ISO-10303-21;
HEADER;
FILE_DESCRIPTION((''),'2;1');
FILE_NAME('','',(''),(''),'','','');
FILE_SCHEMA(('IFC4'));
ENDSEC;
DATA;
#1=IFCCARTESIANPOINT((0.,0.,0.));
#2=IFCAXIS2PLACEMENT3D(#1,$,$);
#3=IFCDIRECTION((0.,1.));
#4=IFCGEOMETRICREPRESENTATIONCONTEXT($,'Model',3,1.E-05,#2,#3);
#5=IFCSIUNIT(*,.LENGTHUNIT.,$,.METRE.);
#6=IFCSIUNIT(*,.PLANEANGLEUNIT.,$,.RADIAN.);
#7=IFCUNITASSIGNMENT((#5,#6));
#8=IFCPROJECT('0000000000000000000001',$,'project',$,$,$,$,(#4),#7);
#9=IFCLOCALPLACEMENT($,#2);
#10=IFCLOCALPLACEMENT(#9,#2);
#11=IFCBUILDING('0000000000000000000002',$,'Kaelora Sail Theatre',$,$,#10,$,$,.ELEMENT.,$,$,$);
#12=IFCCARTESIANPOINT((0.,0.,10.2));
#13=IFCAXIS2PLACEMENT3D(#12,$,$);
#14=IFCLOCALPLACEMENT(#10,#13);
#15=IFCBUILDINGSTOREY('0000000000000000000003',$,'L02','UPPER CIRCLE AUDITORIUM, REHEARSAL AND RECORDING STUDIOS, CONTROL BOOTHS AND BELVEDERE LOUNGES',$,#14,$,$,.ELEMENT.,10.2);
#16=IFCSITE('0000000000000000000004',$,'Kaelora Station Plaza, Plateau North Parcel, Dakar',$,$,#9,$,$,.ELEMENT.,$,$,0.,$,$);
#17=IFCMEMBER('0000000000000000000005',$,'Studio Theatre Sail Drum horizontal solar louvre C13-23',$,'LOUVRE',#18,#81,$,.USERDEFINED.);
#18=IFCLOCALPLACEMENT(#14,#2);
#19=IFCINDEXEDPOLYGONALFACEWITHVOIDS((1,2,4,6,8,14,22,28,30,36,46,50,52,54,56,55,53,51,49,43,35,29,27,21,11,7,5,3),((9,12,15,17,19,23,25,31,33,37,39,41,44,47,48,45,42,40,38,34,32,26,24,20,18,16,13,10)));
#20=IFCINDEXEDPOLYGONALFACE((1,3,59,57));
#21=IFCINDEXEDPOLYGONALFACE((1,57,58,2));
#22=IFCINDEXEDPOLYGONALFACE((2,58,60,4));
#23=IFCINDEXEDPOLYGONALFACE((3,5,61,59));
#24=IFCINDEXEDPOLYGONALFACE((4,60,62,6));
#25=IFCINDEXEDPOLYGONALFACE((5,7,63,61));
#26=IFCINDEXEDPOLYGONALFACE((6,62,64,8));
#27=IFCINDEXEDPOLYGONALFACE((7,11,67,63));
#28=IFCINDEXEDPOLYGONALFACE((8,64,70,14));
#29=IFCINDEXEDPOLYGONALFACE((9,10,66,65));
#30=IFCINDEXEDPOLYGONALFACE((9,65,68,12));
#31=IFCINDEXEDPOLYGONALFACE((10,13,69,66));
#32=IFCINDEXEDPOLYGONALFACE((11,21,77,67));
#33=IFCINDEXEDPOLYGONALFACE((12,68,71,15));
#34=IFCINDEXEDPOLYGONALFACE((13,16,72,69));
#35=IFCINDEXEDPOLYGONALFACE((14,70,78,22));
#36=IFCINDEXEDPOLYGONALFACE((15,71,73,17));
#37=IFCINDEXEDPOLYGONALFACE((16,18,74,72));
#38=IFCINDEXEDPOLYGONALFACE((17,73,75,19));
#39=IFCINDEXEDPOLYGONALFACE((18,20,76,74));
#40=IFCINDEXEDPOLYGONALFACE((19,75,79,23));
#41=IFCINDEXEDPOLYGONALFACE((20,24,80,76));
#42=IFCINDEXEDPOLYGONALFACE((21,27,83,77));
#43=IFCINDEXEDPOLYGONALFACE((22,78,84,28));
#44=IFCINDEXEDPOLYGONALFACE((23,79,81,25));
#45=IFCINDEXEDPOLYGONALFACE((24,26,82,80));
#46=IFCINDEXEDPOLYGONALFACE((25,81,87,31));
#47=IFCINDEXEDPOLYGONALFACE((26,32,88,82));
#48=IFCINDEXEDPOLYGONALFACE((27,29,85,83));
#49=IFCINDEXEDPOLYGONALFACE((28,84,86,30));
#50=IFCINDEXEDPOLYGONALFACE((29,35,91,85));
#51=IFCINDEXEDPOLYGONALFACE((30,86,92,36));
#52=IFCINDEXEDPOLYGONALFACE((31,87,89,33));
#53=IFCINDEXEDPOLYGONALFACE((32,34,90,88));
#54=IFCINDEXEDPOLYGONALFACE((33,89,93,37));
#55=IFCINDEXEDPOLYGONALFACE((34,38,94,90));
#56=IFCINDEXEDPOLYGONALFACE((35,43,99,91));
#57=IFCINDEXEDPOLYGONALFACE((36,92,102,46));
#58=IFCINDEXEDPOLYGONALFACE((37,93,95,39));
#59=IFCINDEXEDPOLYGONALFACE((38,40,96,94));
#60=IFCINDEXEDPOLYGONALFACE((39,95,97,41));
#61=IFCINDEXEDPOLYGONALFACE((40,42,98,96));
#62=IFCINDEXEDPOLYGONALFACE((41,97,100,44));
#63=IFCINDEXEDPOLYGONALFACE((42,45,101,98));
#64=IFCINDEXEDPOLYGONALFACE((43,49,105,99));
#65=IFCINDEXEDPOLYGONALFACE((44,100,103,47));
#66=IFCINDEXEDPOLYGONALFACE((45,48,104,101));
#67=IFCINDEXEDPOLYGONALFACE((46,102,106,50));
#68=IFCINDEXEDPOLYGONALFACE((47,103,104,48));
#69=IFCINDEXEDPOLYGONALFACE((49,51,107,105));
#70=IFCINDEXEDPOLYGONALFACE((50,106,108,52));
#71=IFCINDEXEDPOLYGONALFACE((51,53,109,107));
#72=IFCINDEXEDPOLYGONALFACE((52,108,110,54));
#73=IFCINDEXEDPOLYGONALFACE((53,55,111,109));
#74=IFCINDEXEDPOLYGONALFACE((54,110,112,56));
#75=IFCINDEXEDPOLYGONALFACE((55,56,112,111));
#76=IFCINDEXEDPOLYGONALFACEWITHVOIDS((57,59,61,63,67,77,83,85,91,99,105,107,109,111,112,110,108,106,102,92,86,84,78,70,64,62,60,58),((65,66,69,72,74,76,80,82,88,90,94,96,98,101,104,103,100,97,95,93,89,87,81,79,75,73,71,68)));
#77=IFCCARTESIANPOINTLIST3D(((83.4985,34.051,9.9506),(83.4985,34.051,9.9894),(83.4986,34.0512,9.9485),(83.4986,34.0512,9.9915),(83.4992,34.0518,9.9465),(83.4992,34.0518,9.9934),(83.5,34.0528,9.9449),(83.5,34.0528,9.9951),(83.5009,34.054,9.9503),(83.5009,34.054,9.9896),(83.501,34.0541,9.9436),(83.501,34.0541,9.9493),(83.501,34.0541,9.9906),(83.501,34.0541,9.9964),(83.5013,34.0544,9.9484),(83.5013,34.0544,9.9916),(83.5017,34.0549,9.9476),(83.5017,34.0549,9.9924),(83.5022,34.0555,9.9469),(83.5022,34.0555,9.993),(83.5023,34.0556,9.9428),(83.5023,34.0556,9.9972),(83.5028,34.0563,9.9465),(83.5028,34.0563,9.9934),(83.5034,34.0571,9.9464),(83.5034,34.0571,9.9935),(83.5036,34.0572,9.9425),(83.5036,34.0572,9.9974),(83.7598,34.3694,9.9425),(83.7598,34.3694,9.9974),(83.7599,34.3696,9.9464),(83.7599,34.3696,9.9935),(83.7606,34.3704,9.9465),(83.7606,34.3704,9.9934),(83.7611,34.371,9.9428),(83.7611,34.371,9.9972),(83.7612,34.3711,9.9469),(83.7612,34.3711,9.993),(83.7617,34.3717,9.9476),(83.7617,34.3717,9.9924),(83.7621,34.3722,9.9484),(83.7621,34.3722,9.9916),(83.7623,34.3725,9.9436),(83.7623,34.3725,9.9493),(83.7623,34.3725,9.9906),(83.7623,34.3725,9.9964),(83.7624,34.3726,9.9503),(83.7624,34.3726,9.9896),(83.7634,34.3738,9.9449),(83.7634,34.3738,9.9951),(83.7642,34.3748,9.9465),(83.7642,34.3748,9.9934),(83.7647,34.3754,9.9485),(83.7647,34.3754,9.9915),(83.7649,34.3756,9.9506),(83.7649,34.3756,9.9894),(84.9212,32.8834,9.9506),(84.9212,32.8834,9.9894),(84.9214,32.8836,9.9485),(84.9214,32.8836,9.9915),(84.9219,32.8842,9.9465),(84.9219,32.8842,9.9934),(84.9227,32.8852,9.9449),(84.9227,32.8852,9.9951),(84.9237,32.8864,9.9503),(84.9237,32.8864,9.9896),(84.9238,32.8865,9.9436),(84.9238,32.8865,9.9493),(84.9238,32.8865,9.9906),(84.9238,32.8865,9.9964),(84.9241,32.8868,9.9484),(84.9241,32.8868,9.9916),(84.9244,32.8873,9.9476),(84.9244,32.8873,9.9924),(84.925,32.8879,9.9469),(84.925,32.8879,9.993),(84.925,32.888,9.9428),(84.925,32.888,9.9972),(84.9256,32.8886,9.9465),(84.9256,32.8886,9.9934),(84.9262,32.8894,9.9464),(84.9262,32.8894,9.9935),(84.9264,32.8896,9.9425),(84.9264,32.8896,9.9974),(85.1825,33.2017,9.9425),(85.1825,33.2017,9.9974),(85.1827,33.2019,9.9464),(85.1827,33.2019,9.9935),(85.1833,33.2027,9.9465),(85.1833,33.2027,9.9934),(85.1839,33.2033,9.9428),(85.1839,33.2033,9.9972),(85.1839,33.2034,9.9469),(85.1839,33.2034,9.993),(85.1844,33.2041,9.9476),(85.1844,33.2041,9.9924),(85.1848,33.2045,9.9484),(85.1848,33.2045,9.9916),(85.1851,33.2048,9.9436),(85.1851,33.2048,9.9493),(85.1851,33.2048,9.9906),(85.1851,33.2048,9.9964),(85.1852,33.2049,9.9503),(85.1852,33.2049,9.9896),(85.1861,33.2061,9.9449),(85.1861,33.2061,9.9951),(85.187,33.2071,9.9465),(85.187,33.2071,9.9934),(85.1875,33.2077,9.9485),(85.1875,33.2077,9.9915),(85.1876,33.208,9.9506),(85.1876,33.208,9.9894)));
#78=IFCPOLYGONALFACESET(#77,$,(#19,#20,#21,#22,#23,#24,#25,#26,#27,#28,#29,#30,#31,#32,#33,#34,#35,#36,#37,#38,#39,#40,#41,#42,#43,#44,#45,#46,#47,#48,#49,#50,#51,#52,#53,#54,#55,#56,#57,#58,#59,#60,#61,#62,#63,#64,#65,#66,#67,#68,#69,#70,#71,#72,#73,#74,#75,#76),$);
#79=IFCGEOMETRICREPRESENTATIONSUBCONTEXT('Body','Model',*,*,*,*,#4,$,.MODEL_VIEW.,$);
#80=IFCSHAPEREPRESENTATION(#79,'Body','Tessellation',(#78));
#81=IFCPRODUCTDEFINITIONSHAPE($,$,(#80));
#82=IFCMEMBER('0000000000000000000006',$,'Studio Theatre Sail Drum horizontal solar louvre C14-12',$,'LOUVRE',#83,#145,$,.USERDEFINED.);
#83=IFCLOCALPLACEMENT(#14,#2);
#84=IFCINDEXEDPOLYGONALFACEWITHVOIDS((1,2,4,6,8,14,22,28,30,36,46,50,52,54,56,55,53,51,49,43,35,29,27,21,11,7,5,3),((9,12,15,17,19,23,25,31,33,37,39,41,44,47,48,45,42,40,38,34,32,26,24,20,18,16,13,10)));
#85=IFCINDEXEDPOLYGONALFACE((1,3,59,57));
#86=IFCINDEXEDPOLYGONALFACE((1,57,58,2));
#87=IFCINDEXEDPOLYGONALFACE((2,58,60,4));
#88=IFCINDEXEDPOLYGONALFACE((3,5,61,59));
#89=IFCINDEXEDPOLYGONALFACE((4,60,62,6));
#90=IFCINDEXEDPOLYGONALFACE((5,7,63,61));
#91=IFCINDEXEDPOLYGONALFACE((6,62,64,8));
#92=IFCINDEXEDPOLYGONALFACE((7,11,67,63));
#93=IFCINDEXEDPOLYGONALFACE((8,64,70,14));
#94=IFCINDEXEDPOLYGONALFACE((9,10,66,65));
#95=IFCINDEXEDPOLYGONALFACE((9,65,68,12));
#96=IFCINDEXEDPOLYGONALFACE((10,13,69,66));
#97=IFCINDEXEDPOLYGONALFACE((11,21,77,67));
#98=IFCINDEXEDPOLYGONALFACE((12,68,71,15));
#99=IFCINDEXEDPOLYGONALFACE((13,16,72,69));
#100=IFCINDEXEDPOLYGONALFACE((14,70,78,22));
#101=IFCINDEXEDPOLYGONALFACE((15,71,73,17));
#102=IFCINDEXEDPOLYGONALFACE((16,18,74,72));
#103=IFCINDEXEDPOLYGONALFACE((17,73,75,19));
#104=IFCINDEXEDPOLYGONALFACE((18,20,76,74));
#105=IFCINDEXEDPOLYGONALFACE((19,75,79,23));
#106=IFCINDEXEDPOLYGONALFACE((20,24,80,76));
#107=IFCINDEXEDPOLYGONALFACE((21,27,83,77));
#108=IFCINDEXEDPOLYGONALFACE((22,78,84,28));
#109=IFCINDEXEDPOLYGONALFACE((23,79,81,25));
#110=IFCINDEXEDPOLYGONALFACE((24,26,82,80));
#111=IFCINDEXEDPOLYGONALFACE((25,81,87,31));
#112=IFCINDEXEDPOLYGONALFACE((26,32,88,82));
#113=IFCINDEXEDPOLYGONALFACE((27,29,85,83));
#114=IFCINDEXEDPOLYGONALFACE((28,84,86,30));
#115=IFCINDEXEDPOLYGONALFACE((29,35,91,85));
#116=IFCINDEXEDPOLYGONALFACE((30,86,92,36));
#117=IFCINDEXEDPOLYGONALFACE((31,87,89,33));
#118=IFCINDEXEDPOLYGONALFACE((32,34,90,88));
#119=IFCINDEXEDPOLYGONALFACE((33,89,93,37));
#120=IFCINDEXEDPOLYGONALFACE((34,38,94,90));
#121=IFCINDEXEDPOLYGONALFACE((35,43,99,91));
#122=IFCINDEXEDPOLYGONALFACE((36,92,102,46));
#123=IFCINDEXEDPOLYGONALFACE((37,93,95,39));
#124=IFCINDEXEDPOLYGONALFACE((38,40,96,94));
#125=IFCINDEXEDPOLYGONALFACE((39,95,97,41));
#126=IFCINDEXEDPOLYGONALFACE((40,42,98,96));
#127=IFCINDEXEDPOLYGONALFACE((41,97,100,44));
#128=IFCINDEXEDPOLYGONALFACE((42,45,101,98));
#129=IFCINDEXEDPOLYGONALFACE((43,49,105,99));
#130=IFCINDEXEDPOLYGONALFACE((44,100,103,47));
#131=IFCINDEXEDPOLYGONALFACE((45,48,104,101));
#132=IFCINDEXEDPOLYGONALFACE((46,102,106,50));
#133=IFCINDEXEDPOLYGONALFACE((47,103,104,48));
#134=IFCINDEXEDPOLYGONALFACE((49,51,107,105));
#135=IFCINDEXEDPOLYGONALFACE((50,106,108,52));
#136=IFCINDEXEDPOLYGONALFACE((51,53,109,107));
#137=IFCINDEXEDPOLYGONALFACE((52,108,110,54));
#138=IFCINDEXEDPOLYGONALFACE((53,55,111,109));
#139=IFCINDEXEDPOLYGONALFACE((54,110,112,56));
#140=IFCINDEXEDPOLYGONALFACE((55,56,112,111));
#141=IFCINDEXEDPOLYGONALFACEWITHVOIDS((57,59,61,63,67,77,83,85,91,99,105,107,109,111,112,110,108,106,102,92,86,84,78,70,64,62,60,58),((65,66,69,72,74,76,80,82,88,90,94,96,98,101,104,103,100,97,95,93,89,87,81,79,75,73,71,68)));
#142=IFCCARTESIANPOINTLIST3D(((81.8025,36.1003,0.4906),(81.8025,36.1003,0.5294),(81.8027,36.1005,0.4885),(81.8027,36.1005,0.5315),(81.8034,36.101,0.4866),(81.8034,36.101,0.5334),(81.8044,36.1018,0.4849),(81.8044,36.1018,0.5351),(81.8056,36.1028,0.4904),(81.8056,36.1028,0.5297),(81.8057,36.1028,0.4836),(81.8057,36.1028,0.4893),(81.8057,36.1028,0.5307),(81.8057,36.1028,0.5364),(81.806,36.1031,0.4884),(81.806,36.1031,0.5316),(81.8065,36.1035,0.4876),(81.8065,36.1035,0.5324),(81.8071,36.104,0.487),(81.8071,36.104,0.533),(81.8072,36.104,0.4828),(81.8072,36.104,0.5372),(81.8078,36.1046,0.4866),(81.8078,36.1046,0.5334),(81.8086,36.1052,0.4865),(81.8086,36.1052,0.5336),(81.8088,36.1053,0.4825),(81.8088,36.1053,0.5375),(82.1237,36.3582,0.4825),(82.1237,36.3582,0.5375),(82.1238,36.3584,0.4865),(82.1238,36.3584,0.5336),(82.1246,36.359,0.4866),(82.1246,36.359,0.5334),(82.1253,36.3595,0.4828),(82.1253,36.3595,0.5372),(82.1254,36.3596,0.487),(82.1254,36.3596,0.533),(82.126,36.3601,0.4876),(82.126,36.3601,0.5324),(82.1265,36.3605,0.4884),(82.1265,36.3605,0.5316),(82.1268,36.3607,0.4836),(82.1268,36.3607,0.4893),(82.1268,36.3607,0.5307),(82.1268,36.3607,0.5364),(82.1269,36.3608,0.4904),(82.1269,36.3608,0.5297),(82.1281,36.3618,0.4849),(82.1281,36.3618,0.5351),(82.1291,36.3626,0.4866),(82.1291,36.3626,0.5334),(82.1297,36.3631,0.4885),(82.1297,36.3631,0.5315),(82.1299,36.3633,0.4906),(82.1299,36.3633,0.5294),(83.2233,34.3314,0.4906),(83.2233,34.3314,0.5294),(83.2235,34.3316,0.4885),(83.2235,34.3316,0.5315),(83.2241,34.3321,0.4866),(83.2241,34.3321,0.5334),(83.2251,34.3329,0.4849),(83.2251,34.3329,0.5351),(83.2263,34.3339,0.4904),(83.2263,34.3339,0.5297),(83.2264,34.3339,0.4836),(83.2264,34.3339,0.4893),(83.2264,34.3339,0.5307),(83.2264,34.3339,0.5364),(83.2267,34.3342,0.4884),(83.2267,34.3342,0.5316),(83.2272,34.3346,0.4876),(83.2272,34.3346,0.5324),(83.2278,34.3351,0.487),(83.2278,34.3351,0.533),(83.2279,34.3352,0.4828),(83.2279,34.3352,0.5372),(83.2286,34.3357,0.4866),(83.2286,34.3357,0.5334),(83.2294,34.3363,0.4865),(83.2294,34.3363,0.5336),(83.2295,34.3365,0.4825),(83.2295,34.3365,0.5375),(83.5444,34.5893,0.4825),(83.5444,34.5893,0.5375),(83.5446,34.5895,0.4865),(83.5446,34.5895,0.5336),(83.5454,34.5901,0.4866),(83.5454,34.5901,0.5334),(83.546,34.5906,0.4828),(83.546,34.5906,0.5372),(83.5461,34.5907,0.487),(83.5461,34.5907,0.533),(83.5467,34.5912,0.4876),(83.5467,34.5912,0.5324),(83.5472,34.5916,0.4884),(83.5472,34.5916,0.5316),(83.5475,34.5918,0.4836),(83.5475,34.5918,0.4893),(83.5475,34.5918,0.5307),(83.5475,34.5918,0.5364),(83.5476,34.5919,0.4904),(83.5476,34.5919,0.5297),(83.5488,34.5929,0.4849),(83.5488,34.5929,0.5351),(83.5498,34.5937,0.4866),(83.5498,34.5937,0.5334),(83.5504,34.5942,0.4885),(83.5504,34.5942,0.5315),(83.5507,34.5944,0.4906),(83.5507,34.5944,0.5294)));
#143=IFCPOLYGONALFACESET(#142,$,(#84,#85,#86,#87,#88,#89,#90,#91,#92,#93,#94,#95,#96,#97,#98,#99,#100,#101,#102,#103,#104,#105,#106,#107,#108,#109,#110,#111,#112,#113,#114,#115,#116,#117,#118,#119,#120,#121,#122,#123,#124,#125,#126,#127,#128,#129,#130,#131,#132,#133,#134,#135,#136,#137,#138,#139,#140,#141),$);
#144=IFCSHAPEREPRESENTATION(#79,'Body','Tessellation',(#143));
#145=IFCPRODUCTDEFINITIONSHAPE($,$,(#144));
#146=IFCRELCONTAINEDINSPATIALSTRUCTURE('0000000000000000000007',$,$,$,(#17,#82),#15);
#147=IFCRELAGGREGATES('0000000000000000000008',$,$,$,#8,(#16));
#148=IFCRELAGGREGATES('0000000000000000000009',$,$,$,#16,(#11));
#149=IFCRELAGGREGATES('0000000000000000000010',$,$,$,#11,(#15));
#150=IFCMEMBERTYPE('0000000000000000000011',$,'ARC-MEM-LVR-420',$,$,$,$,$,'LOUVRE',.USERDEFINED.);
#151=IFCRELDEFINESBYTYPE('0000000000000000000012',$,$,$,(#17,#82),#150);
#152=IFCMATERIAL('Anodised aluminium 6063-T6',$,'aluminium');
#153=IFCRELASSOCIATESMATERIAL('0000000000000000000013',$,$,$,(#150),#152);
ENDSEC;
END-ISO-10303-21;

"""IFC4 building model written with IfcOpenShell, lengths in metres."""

from ifc_helpers import new_model, si_unit, direction, frame, origin, origin_2d, place, context, subcontext, project, spatial, hollow_rectangle, extrude, material, material_profile, profile_set, type_object, element, save


model = new_model("IFC4")

# Units and contexts
model_context = context("Model", 3, precision=1e-05, world=origin(), true_north=direction((0.0, 1.0)))
body_context = subcontext(model_context, "Body", "Model", "MODEL_VIEW")
ifc_project = project(units=[si_unit("LENGTHUNIT", "METRE"), si_unit("PLANEANGLEUNIT", "RADIAN")], contexts=[model_context])

# Site, building, storey
site_placement = place(None, origin())
site = spatial("IfcSite", under=ifc_project, at=site_placement, Name="Kaelora Station Plaza, Plateau North Parcel, Dakar", CompositionType="ELEMENT", RefElevation=0.0)
building_placement = place(site_placement, origin())
building = spatial("IfcBuilding", under=site, at=building_placement, Name="Kaelora Sail Theatre", CompositionType="ELEMENT")
storey_placement = place(building_placement, frame((0.0, 0.0, 10.2)))
storey = spatial("IfcBuildingStorey", under=building, at=storey_placement, Name="L02", Description="UPPER CIRCLE AUDITORIUM, REHEARSAL AND RECORDING STUDIOS, CONTROL BOOTHS AND BELVEDERE LOUNGES", CompositionType="ELEMENT", Elevation=10.2)

# Members
ifc_material_1 = material(Name="Anodised aluminium 6063-T6", Category="aluminium")
ifc_material_profile_1 = material_profile(ifc_material_1, hollow_rectangle(XDim=0.4199, YDim=0.0549, WallThickness=0.0039, InnerFilletRadius=0.0039, OuterFilletRadius=0.0081, at=origin_2d()), Name="LOUVRE 420x55x4")
ifc_profile_set_1 = profile_set([ifc_material_profile_1], Name="Anodised aluminium 6063-T6")
member_type = type_object("IfcMemberType", Name="ARC-MEM-LVR-420", ElementType="LOUVRE", PredefinedType="USERDEFINED", material=ifc_profile_set_1)
for number, where, z_axis, x_axis, name in (
    (1, (85.0544, 33.0457, 9.97), (-0.773005, 0.6344, 0.0), (-0.6344, -0.773005, 0.0), "Studio Theatre Sail Drum horizontal solar louvre C13-23"),
):
    element("IfcMember", number, at=place(storey_placement, frame(where, z_axis=z_axis, x_axis=x_axis)), inside=storey, type_object=member_type, Name=name, ObjectType="LOUVRE", PredefinedType="USERDEFINED", context=body_context, shape_type="SweptSolid", body=[
        extrude(hollow_rectangle(XDim=0.4199, YDim=0.0549, WallThickness=0.0039, InnerFilletRadius=0.0039, OuterFilletRadius=0.0081, at=origin_2d()), origin(), (0.0, 0.0, 1.0), 1.8406),
    ])
for number, where, z_axis, x_axis, name in (
    (2, (83.387, 34.4629, 0.51), (-0.626203, 0.77966, 0.0), (-0.77966, -0.626203, 0.0), "Studio Theatre Sail Drum horizontal solar louvre C14-12"),
):
    element("IfcMember", number, at=place(storey_placement, frame(where, z_axis=z_axis, x_axis=x_axis)), inside=storey, type_object=member_type, Name=name, ObjectType="LOUVRE", PredefinedType="USERDEFINED", context=body_context, shape_type="SweptSolid", body=[
        extrude(hollow_rectangle(XDim=0.4199, YDim=0.0549, WallThickness=0.0039, InnerFilletRadius=0.0039, OuterFilletRadius=0.0081, at=origin_2d()), origin(), (0.0, 0.0, 1.0), 2.2688),
    ])

save(model, "model.ifc")
